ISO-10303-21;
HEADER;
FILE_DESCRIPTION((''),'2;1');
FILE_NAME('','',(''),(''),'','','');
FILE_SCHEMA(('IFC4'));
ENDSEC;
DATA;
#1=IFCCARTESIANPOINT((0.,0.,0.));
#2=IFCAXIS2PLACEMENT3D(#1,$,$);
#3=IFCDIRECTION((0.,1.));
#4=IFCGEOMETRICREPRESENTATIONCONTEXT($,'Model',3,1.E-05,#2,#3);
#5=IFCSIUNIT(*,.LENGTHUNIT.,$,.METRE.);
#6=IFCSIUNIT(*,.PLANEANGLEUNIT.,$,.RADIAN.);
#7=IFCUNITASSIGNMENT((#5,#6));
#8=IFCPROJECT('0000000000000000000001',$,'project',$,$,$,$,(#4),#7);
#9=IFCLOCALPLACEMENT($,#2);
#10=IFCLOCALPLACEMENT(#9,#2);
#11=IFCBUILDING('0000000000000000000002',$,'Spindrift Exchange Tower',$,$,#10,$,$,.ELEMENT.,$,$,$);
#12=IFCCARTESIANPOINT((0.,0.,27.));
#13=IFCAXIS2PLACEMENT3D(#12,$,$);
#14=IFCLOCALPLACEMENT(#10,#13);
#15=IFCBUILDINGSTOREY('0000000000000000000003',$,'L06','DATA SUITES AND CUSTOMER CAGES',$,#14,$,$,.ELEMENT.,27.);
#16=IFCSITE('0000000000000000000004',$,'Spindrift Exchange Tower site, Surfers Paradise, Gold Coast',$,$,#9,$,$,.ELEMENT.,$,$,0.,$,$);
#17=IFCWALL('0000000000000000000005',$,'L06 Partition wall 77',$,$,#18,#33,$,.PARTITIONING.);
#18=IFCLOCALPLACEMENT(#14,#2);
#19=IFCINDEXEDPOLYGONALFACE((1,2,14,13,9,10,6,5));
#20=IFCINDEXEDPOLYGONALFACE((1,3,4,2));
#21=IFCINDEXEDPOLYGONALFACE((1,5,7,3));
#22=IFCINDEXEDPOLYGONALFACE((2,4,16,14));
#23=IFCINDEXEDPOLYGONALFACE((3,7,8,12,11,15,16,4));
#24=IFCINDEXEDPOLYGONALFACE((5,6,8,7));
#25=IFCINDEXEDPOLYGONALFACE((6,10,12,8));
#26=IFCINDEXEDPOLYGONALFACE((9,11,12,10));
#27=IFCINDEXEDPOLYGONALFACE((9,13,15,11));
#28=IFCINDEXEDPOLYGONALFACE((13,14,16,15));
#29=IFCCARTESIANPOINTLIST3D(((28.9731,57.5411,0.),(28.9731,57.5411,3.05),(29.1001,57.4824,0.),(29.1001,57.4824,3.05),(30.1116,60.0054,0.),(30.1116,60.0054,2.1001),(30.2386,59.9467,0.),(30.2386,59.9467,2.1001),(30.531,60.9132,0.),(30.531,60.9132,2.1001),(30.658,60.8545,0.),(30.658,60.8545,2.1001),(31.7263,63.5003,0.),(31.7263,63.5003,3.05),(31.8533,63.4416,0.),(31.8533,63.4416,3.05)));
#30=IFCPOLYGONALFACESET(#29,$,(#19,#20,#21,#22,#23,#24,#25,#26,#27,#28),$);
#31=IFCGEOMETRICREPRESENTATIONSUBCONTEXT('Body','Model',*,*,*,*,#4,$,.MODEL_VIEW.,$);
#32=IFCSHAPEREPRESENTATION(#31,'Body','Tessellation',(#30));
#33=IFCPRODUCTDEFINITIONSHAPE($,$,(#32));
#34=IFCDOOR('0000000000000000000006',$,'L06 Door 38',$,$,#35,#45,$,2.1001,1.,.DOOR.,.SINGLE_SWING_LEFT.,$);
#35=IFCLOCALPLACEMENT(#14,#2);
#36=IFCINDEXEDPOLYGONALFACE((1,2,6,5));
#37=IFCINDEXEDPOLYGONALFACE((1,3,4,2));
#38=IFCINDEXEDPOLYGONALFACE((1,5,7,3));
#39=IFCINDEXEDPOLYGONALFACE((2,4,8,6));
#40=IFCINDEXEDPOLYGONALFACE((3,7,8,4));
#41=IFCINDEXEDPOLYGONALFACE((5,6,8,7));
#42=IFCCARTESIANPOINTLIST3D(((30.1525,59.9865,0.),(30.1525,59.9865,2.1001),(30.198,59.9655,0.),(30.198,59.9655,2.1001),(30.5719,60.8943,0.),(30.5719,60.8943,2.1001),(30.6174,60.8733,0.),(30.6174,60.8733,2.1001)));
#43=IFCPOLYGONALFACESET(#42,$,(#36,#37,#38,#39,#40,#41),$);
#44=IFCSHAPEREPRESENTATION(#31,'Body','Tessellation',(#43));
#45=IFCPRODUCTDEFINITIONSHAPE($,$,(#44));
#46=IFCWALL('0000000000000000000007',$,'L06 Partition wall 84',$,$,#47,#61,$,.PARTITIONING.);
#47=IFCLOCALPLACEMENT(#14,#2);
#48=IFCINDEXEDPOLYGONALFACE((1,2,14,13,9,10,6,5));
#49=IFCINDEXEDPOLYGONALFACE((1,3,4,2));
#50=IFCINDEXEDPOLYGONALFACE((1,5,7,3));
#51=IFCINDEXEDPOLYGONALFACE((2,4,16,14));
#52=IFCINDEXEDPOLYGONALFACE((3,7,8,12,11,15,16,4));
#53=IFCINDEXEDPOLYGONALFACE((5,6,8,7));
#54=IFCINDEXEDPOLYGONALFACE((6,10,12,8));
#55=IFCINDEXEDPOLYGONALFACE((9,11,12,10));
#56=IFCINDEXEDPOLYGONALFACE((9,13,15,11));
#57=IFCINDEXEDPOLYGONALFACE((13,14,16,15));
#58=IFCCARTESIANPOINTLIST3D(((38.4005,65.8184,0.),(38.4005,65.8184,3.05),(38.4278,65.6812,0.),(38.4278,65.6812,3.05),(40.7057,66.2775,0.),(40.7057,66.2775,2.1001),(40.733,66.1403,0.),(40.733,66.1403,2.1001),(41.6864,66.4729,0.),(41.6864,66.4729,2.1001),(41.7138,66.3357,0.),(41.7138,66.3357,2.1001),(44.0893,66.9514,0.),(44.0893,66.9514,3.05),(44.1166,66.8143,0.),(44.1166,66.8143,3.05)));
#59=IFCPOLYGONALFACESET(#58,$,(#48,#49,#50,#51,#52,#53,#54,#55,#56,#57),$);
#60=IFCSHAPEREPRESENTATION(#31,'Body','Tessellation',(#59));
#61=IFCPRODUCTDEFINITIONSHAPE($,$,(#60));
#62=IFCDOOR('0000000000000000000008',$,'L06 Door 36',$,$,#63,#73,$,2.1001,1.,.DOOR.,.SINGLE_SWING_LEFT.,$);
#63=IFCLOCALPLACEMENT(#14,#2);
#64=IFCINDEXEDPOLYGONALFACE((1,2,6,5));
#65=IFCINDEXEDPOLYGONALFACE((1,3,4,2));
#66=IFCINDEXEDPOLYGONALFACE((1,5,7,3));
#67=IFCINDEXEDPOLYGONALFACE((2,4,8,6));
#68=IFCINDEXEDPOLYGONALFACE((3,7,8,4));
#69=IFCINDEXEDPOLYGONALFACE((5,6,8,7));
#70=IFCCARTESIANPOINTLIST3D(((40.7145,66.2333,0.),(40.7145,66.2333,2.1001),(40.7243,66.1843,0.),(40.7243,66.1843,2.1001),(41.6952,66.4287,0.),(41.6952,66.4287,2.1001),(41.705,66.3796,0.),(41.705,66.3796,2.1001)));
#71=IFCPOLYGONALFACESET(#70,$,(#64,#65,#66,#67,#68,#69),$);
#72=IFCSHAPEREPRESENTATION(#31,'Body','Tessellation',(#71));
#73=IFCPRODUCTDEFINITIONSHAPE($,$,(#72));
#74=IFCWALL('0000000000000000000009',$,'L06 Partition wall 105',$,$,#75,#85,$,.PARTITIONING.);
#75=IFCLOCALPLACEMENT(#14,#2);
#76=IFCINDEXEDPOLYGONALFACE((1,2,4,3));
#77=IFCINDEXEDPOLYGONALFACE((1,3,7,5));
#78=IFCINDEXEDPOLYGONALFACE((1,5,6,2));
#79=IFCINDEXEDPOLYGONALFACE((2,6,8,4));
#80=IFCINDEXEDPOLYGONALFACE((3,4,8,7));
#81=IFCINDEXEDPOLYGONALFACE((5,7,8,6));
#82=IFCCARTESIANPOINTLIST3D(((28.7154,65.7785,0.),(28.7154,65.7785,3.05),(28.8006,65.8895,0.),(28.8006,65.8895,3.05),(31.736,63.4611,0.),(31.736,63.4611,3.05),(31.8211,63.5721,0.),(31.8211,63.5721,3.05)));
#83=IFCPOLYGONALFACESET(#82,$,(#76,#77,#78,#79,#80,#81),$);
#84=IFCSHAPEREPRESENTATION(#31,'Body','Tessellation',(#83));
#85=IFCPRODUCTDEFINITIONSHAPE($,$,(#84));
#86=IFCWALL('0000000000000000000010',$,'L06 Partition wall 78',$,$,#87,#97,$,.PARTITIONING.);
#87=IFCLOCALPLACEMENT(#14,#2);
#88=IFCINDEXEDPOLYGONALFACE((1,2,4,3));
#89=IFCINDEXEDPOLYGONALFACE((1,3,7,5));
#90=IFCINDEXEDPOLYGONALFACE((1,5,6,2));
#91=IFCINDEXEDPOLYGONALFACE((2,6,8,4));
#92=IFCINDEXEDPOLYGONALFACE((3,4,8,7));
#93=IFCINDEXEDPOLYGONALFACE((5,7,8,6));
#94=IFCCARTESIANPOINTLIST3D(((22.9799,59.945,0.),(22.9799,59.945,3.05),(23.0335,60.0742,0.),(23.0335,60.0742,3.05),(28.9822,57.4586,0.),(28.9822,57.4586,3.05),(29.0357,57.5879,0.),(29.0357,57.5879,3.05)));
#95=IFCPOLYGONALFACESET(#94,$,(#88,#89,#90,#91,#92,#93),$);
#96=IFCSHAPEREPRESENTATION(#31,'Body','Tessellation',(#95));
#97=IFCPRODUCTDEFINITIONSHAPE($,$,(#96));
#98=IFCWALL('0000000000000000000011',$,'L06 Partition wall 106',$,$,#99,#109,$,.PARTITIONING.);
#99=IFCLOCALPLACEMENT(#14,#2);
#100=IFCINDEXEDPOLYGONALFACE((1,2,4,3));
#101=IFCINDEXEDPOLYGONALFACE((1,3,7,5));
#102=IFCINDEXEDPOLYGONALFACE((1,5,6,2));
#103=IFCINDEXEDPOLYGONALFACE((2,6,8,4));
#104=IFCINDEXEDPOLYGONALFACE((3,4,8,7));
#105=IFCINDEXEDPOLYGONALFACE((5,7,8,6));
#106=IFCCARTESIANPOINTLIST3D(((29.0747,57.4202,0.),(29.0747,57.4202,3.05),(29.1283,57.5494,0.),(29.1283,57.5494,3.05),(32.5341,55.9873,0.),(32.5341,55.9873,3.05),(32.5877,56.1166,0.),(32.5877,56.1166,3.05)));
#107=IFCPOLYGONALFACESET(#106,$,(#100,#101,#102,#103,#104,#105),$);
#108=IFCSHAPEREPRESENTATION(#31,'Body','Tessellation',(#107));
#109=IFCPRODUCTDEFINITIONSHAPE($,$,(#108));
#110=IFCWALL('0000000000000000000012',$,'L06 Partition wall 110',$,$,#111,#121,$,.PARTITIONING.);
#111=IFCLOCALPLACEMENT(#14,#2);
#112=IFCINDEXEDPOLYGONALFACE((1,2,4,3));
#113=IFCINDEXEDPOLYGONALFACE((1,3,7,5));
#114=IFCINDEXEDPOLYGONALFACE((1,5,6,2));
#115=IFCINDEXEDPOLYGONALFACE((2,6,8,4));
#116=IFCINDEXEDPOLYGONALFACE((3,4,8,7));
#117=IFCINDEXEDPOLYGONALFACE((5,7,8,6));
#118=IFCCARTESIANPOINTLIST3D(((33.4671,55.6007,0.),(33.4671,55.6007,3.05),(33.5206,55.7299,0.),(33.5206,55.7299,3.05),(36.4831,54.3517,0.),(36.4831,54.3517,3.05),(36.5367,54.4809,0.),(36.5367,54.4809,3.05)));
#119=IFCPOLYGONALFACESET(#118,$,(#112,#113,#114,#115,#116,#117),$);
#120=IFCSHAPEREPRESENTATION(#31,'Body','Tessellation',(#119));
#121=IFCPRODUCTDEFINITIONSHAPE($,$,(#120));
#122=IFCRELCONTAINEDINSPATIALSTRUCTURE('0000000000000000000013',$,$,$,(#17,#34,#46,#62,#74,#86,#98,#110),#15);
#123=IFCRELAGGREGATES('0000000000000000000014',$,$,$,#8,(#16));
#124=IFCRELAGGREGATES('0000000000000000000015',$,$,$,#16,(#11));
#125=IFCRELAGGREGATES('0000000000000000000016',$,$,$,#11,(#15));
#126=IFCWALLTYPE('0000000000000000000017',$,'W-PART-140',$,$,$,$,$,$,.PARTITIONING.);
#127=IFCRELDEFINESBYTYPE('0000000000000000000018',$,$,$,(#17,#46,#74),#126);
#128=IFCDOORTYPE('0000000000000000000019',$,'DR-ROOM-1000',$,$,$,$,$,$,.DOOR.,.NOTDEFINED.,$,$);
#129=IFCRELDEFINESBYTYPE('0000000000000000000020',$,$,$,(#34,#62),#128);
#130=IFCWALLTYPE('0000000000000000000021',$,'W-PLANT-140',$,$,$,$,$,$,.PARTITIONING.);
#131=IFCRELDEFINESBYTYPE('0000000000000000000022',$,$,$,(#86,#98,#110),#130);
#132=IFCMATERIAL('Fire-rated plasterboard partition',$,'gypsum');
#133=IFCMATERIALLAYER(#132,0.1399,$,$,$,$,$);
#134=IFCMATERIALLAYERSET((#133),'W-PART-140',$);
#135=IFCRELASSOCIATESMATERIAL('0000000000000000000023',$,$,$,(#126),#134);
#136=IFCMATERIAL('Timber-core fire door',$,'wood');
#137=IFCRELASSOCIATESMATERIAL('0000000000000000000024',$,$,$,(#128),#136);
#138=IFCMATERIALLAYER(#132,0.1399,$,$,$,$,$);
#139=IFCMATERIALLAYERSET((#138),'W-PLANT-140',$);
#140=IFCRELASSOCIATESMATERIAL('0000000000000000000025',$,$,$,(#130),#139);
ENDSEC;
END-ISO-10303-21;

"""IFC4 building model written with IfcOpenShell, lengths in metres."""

from ifc_helpers import new_model, si_unit, direction, frame, frame_2d, origin, place, context, subcontext, project, spatial, rectangle, extrude, source, transform, mapped, material, layer, layer_set, type_object, element, fill, save


model = new_model("IFC4")

# Units and contexts
model_context = context("Model", 3, precision=1e-05, world=origin(), true_north=direction((0.0, 1.0)))
body_context = subcontext(model_context, "Body", "Model", "MODEL_VIEW")
ifc_project = project(units=[si_unit("LENGTHUNIT", "METRE"), si_unit("PLANEANGLEUNIT", "RADIAN")], contexts=[model_context])

# Site, building, storey
site_placement = place(None, origin())
site = spatial("IfcSite", under=ifc_project, at=site_placement, Name="Spindrift Exchange Tower site, Surfers Paradise, Gold Coast", CompositionType="ELEMENT", RefElevation=0.0)
building_placement = place(site_placement, origin())
building = spatial("IfcBuilding", under=site, at=building_placement, Name="Spindrift Exchange Tower", CompositionType="ELEMENT")
storey_placement = place(building_placement, frame((0.0, 0.0, 27.0)))
storey = spatial("IfcBuildingStorey", under=building, at=storey_placement, Name="L06", Description="DATA SUITES AND CUSTOMER CAGES", CompositionType="ELEMENT", Elevation=27.0)

# Walls, openings, doors
ifc_material_1 = material(Name="Fire-rated plasterboard partition", Category="gypsum")
ifc_layer_1 = layer(ifc_material_1, 0.1399)
ifc_layer_set_1 = layer_set([ifc_layer_1], Name="W-PART-140")
wall_type_1 = type_object("IfcWallType", Name="W-PART-140", PredefinedType="PARTITIONING", material=ifc_layer_set_1)
ifc_material_2 = material(Name="Timber-core fire door", Category="wood")
door_type = type_object("IfcDoorType", Name="DR-ROOM-1000", OperationType="NOTDEFINED", PredefinedType="DOOR", material=ifc_material_2)
shared_shape_1 = source(origin(), body_context, "Body", "SweptSolid", [
    extrude(rectangle(XDim=1.0, YDim=2.1001, at=frame_2d((0.5, 1.05))), frame((0.0, 0.0249, 0.0), z_axis=(0.0, -1.0, 0.0), x_axis=(1.0, 0.0, 0.0)), (0.0, 0.0, 1.0), 0.05),
])
wall_1_placement = place(storey_placement, frame((29.0366, 57.5117, 0.0), z_axis=(0.0, 0.0, 1.0), x_axis=(0.419405, 0.907799, 0.0)))
wall_1 = element("IfcWall", 1, at=wall_1_placement, inside=storey, type_object=wall_type_1, Name="L06 Partition wall 77", PredefinedType="PARTITIONING", context=body_context, shape_type="SweptSolid", body=[
    extrude(rectangle(XDim=6.5645, YDim=0.1399, at=frame_2d((3.2822, 0.0))), origin(), (0.0, 0.0, 1.0), 3.05),
])
opening_1_placement = place(wall_1_placement, frame((2.7146, 0.0, 0.0)))
opening_1 = element("IfcOpeningElement", 2, at=opening_1_placement, cuts=wall_1, PredefinedType="OPENING", context=body_context, shape_type="SweptSolid", body=[
    extrude(rectangle(XDim=1.0, YDim=2.1001, at=frame_2d((0.5, 1.05))), frame((0.0, 0.0798, 0.0), z_axis=(0.0, -1.0, 0.0), x_axis=(1.0, 0.0, 0.0)), (0.0, 0.0, 1.0), 0.1599),
])
door_1_placement = place(opening_1_placement, origin())
door_1 = element("IfcDoor", 3, at=door_1_placement, inside=storey, type_object=door_type, Name="L06 Door 38", OperationType="SINGLE_SWING_LEFT", OverallHeight=2.1001, OverallWidth=1.0, PredefinedType="DOOR", context=body_context, shape_type="MappedRepresentation", body=[
    mapped(shared_shape_1, transform((0.0, 0.0, 0.0), scale=1.0)),
])
fill(opening_1, door_1)
wall_2_placement = place(storey_placement, frame((38.4141, 65.7498, 0.0), z_axis=(0.0, 0.0, 1.0), x_axis=(0.980736, 0.195339, 0.0)))
wall_2 = element("IfcWall", 4, at=wall_2_placement, inside=storey, type_object=wall_type_1, Name="L06 Partition wall 84", PredefinedType="PARTITIONING", context=body_context, shape_type="SweptSolid", body=[
    extrude(rectangle(XDim=5.8005, YDim=0.1399, at=frame_2d((2.9004, 0.0))), origin(), (0.0, 0.0, 1.0), 3.05),
])
opening_2_placement = place(wall_2_placement, frame((2.3506, 0.0, 0.0)))
opening_2 = element("IfcOpeningElement", 5, at=opening_2_placement, cuts=wall_2, PredefinedType="OPENING", context=body_context, shape_type="SweptSolid", body=[
    extrude(rectangle(XDim=1.0, YDim=2.1001, at=frame_2d((0.5, 1.05))), frame((0.0, 0.0798, 0.0), z_axis=(0.0, -1.0, 0.0), x_axis=(1.0, 0.0, 0.0)), (0.0, 0.0, 1.0), 0.1599),
])
door_2_placement = place(opening_2_placement, origin())
door_2 = element("IfcDoor", 6, at=door_2_placement, inside=storey, type_object=door_type, Name="L06 Door 36", OperationType="SINGLE_SWING_LEFT", OverallHeight=2.1001, OverallWidth=1.0, PredefinedType="DOOR", context=body_context, shape_type="MappedRepresentation", body=[
    mapped(shared_shape_1, transform((0.0, 0.0, 0.0), scale=1.0)),
])
fill(opening_2, door_2)

# Walls
wall_3_placement = place(storey_placement, frame((31.7786, 63.5166, 0.0), z_axis=(0.0, 0.0, 1.0), x_axis=(-0.793396, 0.608706, 0.0)))
element("IfcWall", 7, at=wall_3_placement, inside=storey, type_object=wall_type_1, Name="L06 Partition wall 105", PredefinedType="PARTITIONING", context=body_context, shape_type="SweptSolid", body=[
    extrude(rectangle(XDim=3.8071, YDim=0.1399, at=frame_2d((1.9036, 0.0))), origin(), (0.0, 0.0, 1.0), 3.05),
])
ifc_layer_2 = layer(ifc_material_1, 0.1399)
ifc_layer_set_2 = layer_set([ifc_layer_2], Name="W-PLANT-140")
wall_type_2 = type_object("IfcWallType", Name="W-PLANT-140", PredefinedType="PARTITIONING", material=ifc_layer_set_2)
wall_4_placement = place(storey_placement, frame((29.009, 57.5232, 0.0), z_axis=(0.0, 0.0, 1.0), x_axis=(-0.923872, 0.382701, 0.0)))
element("IfcWall", 8, at=wall_4_placement, inside=storey, type_object=wall_type_2, Name="L06 Partition wall 78", PredefinedType="PARTITIONING", context=body_context, shape_type="SweptSolid", body=[
    extrude(rectangle(XDim=6.4968, YDim=0.1399, at=frame_2d((3.2485, 0.0))), origin(), (0.0, 0.0, 1.0), 3.05),
])
wall_5_placement = place(storey_placement, frame((32.5608, 56.052, 0.0), z_axis=(0.0, 0.0, 1.0), x_axis=(-0.923889, 0.382661, 0.0)))
element("IfcWall", 9, at=wall_5_placement, inside=storey, type_object=wall_type_2, Name="L06 Partition wall 106", PredefinedType="PARTITIONING", context=body_context, shape_type="SweptSolid", body=[
    extrude(rectangle(XDim=3.7444, YDim=0.1399, at=frame_2d((1.8721, 0.0))), origin(), (0.0, 0.0, 1.0), 3.05),
])
wall_6_placement = place(storey_placement, frame((36.51, 54.4163, 0.0), z_axis=(0.0, 0.0, 1.0), x_axis=(-0.923911, 0.382607, 0.0)))
element("IfcWall", 10, at=wall_6_placement, inside=storey, type_object=wall_type_2, Name="L06 Partition wall 110", PredefinedType="PARTITIONING", context=body_context, shape_type="SweptSolid", body=[
    extrude(rectangle(XDim=3.2644, YDim=0.1399, at=frame_2d((1.6323, 0.0))), origin(), (0.0, 0.0, 1.0), 3.05),
])

save(model, "model.ifc")
